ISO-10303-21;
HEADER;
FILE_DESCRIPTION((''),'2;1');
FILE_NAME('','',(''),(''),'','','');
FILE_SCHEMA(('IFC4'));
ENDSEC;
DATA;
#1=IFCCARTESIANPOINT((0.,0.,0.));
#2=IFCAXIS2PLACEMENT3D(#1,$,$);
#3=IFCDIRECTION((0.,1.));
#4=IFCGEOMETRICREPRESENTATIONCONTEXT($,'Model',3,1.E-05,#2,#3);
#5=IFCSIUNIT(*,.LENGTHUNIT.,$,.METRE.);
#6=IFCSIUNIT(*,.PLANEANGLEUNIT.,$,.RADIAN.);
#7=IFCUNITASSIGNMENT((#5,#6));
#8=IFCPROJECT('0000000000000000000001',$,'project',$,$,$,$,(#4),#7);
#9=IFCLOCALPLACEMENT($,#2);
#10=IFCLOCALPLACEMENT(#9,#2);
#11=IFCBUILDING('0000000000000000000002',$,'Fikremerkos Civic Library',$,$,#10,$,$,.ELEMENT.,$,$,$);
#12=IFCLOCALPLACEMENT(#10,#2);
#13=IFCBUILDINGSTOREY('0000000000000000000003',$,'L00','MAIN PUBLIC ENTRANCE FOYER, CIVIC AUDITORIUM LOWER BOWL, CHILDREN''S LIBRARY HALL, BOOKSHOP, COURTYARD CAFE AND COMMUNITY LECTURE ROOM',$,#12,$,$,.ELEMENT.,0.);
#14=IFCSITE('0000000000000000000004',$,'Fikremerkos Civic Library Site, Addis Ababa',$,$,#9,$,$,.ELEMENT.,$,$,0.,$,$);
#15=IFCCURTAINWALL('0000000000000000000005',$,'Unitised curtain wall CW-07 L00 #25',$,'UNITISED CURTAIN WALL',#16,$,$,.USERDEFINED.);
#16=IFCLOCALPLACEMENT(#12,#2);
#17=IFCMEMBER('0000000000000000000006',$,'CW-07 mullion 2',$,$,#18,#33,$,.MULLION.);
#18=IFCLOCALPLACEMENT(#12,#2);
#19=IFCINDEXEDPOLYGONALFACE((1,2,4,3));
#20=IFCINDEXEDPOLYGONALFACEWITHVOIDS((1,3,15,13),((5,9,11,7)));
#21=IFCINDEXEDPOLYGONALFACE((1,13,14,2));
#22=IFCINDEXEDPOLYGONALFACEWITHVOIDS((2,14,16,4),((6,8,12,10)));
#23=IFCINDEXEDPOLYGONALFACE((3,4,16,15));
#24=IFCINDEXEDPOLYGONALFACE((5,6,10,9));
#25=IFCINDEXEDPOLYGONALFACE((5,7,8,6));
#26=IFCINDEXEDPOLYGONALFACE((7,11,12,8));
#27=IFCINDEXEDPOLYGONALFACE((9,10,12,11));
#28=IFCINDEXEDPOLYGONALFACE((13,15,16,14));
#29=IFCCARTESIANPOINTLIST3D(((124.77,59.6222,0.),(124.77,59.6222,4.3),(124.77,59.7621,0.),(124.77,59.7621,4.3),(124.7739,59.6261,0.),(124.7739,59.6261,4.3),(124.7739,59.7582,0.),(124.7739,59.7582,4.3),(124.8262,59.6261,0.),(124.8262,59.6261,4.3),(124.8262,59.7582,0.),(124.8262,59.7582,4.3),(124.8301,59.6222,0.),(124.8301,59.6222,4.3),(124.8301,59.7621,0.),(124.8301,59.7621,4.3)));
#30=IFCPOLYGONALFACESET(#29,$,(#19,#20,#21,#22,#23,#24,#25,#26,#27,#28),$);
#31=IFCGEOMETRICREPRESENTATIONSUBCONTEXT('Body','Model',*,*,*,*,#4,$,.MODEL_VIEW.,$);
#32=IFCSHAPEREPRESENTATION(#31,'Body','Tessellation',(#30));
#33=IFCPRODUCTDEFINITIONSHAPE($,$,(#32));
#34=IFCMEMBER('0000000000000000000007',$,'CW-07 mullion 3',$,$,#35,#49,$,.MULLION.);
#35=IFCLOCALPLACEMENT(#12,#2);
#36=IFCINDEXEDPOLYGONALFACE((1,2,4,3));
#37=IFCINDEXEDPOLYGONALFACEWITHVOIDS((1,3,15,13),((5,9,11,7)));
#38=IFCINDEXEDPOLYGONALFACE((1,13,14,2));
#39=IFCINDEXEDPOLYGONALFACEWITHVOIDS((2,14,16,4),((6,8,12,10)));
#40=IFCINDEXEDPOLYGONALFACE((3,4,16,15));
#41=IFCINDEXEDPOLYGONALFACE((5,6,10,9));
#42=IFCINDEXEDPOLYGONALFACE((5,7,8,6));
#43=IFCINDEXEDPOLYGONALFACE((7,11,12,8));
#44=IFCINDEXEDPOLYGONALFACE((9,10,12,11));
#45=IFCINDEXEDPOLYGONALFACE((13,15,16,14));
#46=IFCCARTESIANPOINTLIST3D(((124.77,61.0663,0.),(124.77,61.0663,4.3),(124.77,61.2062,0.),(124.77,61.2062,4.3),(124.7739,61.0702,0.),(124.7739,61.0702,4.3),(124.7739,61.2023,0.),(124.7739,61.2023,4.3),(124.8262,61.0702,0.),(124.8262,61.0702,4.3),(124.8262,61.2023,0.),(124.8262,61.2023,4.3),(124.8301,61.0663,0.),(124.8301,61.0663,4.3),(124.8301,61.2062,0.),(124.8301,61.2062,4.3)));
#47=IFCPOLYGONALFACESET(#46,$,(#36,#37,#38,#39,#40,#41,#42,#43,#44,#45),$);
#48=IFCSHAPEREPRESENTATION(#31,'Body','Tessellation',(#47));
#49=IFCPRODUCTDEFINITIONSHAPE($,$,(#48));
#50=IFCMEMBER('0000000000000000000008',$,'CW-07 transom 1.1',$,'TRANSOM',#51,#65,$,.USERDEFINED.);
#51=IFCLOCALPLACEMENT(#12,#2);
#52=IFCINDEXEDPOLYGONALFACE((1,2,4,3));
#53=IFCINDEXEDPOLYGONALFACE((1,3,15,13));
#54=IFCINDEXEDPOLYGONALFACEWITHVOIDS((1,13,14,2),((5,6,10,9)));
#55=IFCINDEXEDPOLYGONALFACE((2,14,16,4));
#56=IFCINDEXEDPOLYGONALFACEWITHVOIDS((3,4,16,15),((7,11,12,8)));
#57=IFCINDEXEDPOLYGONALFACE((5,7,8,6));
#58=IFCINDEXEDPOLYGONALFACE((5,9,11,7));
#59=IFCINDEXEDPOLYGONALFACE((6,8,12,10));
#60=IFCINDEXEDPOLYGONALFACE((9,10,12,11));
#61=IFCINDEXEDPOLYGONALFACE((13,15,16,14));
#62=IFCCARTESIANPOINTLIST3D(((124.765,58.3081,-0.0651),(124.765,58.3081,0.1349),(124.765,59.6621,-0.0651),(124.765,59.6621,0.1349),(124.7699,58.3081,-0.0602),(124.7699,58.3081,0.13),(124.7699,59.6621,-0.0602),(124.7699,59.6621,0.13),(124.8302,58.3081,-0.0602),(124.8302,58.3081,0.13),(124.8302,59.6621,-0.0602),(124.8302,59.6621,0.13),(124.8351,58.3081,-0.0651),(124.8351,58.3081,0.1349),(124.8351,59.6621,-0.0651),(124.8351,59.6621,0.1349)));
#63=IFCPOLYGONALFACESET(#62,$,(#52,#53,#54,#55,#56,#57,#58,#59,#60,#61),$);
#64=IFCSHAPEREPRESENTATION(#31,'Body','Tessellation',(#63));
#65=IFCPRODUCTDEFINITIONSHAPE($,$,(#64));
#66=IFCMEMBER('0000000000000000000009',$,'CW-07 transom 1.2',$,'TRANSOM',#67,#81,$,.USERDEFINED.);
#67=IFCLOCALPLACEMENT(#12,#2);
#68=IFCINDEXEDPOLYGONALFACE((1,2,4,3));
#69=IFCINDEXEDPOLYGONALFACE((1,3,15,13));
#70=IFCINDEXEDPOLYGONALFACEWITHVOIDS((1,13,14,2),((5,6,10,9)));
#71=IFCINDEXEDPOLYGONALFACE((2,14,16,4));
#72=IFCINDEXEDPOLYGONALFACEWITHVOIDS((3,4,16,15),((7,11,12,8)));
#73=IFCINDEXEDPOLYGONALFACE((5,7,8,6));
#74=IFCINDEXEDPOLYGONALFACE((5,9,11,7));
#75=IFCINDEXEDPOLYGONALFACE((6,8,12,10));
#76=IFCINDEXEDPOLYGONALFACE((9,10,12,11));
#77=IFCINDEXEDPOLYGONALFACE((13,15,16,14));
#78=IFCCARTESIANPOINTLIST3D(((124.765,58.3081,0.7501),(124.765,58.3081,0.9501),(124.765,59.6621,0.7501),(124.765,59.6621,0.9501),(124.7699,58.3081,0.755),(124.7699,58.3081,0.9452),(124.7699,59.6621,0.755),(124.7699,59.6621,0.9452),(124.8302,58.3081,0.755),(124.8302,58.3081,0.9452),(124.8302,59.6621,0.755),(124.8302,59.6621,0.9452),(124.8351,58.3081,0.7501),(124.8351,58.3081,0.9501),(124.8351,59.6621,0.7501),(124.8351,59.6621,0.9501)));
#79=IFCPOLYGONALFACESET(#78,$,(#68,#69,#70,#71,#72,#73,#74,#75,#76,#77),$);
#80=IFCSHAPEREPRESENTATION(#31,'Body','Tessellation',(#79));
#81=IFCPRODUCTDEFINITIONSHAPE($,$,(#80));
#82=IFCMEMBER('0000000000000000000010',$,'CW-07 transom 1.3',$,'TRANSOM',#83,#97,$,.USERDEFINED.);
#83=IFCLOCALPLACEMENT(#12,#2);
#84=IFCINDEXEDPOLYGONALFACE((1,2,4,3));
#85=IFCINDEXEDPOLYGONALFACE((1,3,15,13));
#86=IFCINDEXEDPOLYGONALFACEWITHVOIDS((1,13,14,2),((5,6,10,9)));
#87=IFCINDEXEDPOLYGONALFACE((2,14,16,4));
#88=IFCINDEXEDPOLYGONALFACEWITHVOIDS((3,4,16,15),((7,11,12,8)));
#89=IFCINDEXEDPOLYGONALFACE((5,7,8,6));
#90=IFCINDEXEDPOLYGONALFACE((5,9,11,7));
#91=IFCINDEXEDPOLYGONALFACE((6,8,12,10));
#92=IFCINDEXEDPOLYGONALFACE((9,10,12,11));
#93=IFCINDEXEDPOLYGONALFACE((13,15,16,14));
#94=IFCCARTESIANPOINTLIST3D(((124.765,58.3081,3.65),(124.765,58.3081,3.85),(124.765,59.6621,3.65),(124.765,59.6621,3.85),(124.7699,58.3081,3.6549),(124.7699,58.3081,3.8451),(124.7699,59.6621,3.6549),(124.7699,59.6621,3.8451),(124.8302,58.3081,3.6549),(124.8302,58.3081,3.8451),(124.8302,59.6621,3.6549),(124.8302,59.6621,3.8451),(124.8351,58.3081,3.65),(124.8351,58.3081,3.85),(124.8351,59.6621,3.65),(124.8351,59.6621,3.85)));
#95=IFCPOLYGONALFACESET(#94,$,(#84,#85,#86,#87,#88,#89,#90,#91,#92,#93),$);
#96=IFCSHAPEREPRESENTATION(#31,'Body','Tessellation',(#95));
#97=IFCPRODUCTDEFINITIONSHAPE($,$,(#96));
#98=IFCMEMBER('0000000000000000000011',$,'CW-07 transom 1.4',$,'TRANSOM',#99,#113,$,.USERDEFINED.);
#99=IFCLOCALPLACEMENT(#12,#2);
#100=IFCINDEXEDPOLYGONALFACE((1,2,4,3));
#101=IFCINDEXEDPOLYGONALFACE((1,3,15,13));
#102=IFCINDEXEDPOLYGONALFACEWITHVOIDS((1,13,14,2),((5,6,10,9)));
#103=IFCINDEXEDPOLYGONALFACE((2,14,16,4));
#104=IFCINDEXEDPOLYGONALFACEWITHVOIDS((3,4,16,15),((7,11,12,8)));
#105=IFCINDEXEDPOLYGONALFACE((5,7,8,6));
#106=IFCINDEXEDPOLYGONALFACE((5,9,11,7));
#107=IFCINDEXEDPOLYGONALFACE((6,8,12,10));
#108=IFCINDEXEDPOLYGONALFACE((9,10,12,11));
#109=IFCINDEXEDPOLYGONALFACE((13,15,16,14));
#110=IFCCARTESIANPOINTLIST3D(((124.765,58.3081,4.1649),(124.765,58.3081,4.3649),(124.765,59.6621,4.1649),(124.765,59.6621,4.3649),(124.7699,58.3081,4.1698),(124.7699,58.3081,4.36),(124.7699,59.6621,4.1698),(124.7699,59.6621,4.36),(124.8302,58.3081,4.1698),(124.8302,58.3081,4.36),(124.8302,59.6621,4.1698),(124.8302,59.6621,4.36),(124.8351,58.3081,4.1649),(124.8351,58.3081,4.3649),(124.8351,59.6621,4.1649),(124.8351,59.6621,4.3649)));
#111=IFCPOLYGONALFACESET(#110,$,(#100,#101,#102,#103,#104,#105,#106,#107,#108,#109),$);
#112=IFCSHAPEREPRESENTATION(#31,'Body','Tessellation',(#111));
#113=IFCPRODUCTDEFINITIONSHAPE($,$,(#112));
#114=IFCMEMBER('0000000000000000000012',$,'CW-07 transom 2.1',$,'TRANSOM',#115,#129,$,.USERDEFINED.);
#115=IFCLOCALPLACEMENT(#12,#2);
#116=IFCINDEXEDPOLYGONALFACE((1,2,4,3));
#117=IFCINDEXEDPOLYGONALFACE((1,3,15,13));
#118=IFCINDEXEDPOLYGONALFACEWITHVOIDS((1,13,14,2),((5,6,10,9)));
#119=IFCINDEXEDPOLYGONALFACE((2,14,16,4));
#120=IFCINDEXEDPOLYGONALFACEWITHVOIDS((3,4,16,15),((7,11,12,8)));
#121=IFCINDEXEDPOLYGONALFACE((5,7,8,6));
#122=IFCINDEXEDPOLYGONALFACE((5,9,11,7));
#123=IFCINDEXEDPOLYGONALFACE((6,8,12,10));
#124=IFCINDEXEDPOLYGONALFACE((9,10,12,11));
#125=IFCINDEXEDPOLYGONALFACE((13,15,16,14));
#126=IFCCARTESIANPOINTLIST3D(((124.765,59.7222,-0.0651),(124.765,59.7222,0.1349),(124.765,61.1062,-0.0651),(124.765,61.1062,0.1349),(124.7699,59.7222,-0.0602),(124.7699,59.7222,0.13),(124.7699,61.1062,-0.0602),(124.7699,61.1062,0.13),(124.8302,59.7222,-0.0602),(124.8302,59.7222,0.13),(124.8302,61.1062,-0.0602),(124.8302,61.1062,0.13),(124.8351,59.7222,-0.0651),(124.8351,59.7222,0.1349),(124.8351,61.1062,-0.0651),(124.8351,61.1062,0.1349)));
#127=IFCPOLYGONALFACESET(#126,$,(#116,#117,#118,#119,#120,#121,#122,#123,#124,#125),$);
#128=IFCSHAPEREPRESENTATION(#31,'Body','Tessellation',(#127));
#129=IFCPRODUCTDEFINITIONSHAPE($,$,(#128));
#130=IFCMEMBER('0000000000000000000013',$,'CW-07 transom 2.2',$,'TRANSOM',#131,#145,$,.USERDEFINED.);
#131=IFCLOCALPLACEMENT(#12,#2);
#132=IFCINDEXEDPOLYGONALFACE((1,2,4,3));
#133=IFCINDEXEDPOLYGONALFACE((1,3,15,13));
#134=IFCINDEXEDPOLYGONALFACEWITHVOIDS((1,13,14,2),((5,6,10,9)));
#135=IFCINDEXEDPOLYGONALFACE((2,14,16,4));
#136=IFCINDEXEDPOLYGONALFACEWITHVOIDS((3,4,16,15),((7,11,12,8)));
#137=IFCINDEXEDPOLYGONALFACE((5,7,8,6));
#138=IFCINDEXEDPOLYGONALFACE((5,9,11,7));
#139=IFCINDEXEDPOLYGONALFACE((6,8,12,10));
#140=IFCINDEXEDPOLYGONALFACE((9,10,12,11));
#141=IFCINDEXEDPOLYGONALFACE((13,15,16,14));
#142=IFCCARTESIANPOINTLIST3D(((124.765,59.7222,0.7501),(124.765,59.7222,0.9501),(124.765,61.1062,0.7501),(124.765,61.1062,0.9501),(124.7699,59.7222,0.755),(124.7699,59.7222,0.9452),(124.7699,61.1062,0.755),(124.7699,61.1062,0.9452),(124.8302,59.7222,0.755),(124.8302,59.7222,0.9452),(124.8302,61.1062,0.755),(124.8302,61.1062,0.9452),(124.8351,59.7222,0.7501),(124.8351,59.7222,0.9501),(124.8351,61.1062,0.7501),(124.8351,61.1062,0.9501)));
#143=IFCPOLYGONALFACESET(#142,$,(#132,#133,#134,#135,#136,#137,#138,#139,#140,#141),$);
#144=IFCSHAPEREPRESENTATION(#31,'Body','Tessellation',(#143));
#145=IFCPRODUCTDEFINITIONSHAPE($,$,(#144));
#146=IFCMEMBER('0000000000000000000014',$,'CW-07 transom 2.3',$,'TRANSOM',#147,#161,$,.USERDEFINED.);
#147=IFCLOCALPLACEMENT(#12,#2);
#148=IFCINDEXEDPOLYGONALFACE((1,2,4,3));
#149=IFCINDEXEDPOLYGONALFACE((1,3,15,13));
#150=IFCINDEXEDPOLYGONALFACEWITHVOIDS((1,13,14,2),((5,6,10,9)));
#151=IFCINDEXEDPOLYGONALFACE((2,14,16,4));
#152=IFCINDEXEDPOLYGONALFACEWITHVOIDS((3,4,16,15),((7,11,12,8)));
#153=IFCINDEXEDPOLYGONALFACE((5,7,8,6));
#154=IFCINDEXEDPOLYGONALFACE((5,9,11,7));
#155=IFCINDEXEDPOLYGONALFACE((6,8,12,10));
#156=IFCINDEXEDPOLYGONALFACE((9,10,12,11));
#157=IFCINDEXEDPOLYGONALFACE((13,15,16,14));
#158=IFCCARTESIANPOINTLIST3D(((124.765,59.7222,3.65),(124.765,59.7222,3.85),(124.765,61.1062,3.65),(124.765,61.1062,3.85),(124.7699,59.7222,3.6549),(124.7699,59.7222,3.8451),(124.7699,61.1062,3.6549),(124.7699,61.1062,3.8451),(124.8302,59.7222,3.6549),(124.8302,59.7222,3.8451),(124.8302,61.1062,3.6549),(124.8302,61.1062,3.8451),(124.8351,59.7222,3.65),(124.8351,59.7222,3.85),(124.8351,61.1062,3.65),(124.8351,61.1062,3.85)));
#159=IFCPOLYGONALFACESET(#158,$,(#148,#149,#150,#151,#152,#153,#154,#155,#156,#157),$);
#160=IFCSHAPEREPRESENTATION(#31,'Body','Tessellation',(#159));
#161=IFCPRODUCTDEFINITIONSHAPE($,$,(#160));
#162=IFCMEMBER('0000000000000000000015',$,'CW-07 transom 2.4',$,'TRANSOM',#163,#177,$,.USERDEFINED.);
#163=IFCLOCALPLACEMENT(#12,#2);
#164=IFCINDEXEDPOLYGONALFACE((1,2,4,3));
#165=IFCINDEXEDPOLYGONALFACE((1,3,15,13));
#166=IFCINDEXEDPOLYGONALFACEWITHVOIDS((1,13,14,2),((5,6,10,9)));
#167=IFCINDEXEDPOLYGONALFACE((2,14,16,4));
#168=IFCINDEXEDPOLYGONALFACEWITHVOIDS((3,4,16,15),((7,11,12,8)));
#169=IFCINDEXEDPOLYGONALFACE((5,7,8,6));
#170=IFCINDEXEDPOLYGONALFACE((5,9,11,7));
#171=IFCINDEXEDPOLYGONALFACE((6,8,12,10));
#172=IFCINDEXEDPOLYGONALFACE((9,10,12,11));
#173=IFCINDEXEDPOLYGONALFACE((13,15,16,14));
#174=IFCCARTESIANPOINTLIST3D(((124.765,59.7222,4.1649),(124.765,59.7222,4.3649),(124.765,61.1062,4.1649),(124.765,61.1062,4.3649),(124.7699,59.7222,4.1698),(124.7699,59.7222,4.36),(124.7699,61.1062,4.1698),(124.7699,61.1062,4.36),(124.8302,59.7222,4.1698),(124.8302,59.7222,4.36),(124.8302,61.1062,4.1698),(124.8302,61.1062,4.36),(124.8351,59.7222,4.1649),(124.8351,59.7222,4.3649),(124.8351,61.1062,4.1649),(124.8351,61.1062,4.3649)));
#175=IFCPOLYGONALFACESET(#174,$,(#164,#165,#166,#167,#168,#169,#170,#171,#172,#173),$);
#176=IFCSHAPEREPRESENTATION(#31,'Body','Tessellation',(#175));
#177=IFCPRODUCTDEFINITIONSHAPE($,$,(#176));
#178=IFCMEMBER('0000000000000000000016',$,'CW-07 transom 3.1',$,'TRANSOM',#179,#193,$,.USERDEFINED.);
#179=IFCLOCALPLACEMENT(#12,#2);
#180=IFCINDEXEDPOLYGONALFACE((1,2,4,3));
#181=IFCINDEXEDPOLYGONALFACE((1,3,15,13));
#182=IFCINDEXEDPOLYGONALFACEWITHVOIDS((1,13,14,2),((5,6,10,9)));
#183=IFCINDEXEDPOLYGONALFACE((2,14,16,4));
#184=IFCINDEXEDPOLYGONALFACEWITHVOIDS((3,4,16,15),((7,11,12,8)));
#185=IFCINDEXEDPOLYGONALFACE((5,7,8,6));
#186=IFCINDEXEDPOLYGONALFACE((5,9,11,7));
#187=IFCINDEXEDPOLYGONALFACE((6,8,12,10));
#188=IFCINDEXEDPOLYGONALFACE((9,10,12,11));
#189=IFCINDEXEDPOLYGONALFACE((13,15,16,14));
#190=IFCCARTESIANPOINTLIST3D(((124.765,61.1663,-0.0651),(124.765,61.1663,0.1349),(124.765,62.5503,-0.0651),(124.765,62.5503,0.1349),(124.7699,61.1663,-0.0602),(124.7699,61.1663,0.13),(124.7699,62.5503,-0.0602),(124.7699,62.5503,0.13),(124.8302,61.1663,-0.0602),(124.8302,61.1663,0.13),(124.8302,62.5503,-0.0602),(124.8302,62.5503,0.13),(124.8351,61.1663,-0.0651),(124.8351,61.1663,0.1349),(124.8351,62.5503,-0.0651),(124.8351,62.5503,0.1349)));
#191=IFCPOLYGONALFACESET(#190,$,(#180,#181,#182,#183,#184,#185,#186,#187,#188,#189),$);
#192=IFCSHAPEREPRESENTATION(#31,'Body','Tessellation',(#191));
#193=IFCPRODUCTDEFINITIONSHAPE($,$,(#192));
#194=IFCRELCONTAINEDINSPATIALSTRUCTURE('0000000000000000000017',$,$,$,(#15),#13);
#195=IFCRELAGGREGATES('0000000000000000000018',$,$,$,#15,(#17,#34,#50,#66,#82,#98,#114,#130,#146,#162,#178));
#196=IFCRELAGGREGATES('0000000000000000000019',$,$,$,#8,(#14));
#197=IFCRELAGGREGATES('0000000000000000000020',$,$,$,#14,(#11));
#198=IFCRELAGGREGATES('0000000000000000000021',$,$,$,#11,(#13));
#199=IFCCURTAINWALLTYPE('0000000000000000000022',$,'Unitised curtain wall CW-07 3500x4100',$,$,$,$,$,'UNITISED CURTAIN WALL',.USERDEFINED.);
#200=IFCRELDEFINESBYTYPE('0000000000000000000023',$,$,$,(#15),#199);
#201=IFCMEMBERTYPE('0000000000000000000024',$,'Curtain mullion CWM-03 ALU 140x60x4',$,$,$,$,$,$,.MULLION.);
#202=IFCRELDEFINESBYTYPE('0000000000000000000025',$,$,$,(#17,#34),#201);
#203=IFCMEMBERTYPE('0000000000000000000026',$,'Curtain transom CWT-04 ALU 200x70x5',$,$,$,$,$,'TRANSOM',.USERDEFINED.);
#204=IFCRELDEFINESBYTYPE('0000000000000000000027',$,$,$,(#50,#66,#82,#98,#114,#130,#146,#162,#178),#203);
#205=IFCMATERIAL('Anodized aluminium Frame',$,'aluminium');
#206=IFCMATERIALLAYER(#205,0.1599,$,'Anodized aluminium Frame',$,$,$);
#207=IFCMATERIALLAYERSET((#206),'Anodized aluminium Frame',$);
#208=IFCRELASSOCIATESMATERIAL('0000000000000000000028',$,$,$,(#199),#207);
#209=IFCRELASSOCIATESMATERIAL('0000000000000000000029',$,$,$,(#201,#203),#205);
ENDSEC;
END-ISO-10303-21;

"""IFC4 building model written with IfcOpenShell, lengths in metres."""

from ifc_helpers import new_model, si_unit, direction, frame, origin, origin_2d, place, context, subcontext, project, spatial, hollow_rectangle, extrude, material, layer, layer_set, material_profile, profile_set, type_object, element, aggregate, save


model = new_model("IFC4")

# Units and contexts
model_context = context("Model", 3, precision=1e-05, world=origin(), true_north=direction((0.0, 1.0)))
body_context = subcontext(model_context, "Body", "Model", "MODEL_VIEW")
ifc_project = project(units=[si_unit("LENGTHUNIT", "METRE"), si_unit("PLANEANGLEUNIT", "RADIAN")], contexts=[model_context])

# Site, building, storey
site_placement = place(None, origin())
site = spatial("IfcSite", under=ifc_project, at=site_placement, Name="Fikremerkos Civic Library Site, Addis Ababa", CompositionType="ELEMENT", RefElevation=0.0)
building_placement = place(site_placement, origin())
building = spatial("IfcBuilding", under=site, at=building_placement, Name="Fikremerkos Civic Library", CompositionType="ELEMENT")
storey_placement = place(building_placement, origin())
storey = spatial("IfcBuildingStorey", under=building, at=storey_placement, Name="L00", Description="MAIN PUBLIC ENTRANCE FOYER, CIVIC AUDITORIUM LOWER BOWL, CHILDREN'S LIBRARY HALL, BOOKSHOP, COURTYARD CAFE AND COMMUNITY LECTURE ROOM", CompositionType="ELEMENT", Elevation=0.0)

# Curtain wall, members
ifc_material_1 = material(Name="Anodized aluminium Frame", Category="aluminium")
ifc_layer_1 = layer(ifc_material_1, 0.1599, Name="Anodized aluminium Frame")
ifc_layer_set_1 = layer_set([ifc_layer_1], Name="Anodized aluminium Frame")
curtain_wall_type = type_object("IfcCurtainWallType", Name="Unitised curtain wall CW-07 3500x4100", ElementType="UNITISED CURTAIN WALL", PredefinedType="USERDEFINED", material=ifc_layer_set_1)
curtain_wall_placement = place(storey_placement, origin())
curtain_wall = element("IfcCurtainWall", 1, at=curtain_wall_placement, inside=storey, type_object=curtain_wall_type, Name="Unitised curtain wall CW-07 L00 #25", ObjectType="UNITISED CURTAIN WALL", PredefinedType="USERDEFINED")
ifc_material_profile_1 = material_profile(ifc_material_1, hollow_rectangle(XDim=0.0601, YDim=0.1399, WallThickness=0.0039, at=origin_2d()), Name="ALU 140x60x4")
ifc_profile_set_1 = profile_set([ifc_material_profile_1], Name="Anodized aluminium Frame")
member_type_1 = type_object("IfcMemberType", Name="Curtain mullion CWM-03 ALU 140x60x4", PredefinedType="MULLION", material=ifc_profile_set_1)
member_1_placement = place(storey_placement, frame((124.8, 59.6921, 0.0), z_axis=(0.0, 0.0, 1.0), x_axis=(-1.0, 0.0, 0.0)))
member_1 = element("IfcMember", 2, at=member_1_placement, type_object=member_type_1, Name="CW-07 mullion 2", PredefinedType="MULLION", context=body_context, shape_type="SweptSolid", body=[
    extrude(hollow_rectangle(XDim=0.0601, YDim=0.1399, WallThickness=0.0039, at=origin_2d()), origin(), (0.0, 0.0, 1.0), 4.3),
])
member_2_placement = place(storey_placement, frame((124.8, 61.1362, 0.0), z_axis=(0.0, 0.0, 1.0), x_axis=(-1.0, 0.0, 0.0)))
member_2 = element("IfcMember", 3, at=member_2_placement, type_object=member_type_1, Name="CW-07 mullion 3", PredefinedType="MULLION", context=body_context, shape_type="SweptSolid", body=[
    extrude(hollow_rectangle(XDim=0.0601, YDim=0.1399, WallThickness=0.0039, at=origin_2d()), origin(), (0.0, 0.0, 1.0), 4.3),
])
ifc_material_profile_2 = material_profile(ifc_material_1, hollow_rectangle(XDim=0.0701, YDim=0.2, WallThickness=0.0049, at=origin_2d()), Name="ALU 200x70x5")
ifc_profile_set_2 = profile_set([ifc_material_profile_2], Name="Anodized aluminium Frame")
member_type_2 = type_object("IfcMemberType", Name="Curtain transom CWT-04 ALU 200x70x5", ElementType="TRANSOM", PredefinedType="USERDEFINED", material=ifc_profile_set_2)
member_3_placement = place(storey_placement, frame((124.8, 58.3081, 0.0349), z_axis=(0.0, 1.0, 0.0), x_axis=(-1.0, 0.0, 0.0)))
member_3 = element("IfcMember", 4, at=member_3_placement, type_object=member_type_2, Name="CW-07 transom 1.1", ObjectType="TRANSOM", PredefinedType="USERDEFINED", context=body_context, shape_type="SweptSolid", body=[
    extrude(hollow_rectangle(XDim=0.0701, YDim=0.2, WallThickness=0.0049, at=origin_2d()), origin(), (0.0, 0.0, 1.0), 1.354),
])
member_4_placement = place(storey_placement, frame((124.8, 58.3081, 0.8501), z_axis=(0.0, 1.0, 0.0), x_axis=(-1.0, 0.0, 0.0)))
member_4 = element("IfcMember", 5, at=member_4_placement, type_object=member_type_2, Name="CW-07 transom 1.2", ObjectType="TRANSOM", PredefinedType="USERDEFINED", context=body_context, shape_type="SweptSolid", body=[
    extrude(hollow_rectangle(XDim=0.0701, YDim=0.2, WallThickness=0.0049, at=origin_2d()), origin(), (0.0, 0.0, 1.0), 1.354),
])
member_5_placement = place(storey_placement, frame((124.8, 58.3081, 3.75), z_axis=(0.0, 1.0, 0.0), x_axis=(-1.0, 0.0, 0.0)))
member_5 = element("IfcMember", 6, at=member_5_placement, type_object=member_type_2, Name="CW-07 transom 1.3", ObjectType="TRANSOM", PredefinedType="USERDEFINED", context=body_context, shape_type="SweptSolid", body=[
    extrude(hollow_rectangle(XDim=0.0701, YDim=0.2, WallThickness=0.0049, at=origin_2d()), origin(), (0.0, 0.0, 1.0), 1.354),
])
member_6_placement = place(storey_placement, frame((124.8, 58.3081, 4.2649), z_axis=(0.0, 1.0, 0.0), x_axis=(-1.0, 0.0, 0.0)))
member_6 = element("IfcMember", 7, at=member_6_placement, type_object=member_type_2, Name="CW-07 transom 1.4", ObjectType="TRANSOM", PredefinedType="USERDEFINED", context=body_context, shape_type="SweptSolid", body=[
    extrude(hollow_rectangle(XDim=0.0701, YDim=0.2, WallThickness=0.0049, at=origin_2d()), origin(), (0.0, 0.0, 1.0), 1.354),
])
member_7_placement = place(storey_placement, frame((124.8, 59.7222, 0.0349), z_axis=(0.0, 1.0, 0.0), x_axis=(-1.0, 0.0, 0.0)))
member_7 = element("IfcMember", 8, at=member_7_placement, type_object=member_type_2, Name="CW-07 transom 2.1", ObjectType="TRANSOM", PredefinedType="USERDEFINED", context=body_context, shape_type="SweptSolid", body=[
    extrude(hollow_rectangle(XDim=0.0701, YDim=0.2, WallThickness=0.0049, at=origin_2d()), origin(), (0.0, 0.0, 1.0), 1.384),
])
member_8_placement = place(storey_placement, frame((124.8, 59.7222, 0.8501), z_axis=(0.0, 1.0, 0.0), x_axis=(-1.0, 0.0, 0.0)))
member_8 = element("IfcMember", 9, at=member_8_placement, type_object=member_type_2, Name="CW-07 transom 2.2", ObjectType="TRANSOM", PredefinedType="USERDEFINED", context=body_context, shape_type="SweptSolid", body=[
    extrude(hollow_rectangle(XDim=0.0701, YDim=0.2, WallThickness=0.0049, at=origin_2d()), origin(), (0.0, 0.0, 1.0), 1.384),
])
member_9_placement = place(storey_placement, frame((124.8, 59.7222, 3.75), z_axis=(0.0, 1.0, 0.0), x_axis=(-1.0, 0.0, 0.0)))
member_9 = element("IfcMember", 10, at=member_9_placement, type_object=member_type_2, Name="CW-07 transom 2.3", ObjectType="TRANSOM", PredefinedType="USERDEFINED", context=body_context, shape_type="SweptSolid", body=[
    extrude(hollow_rectangle(XDim=0.0701, YDim=0.2, WallThickness=0.0049, at=origin_2d()), origin(), (0.0, 0.0, 1.0), 1.384),
])
member_10_placement = place(storey_placement, frame((124.8, 59.7222, 4.2649), z_axis=(0.0, 1.0, 0.0), x_axis=(-1.0, 0.0, 0.0)))
member_10 = element("IfcMember", 11, at=member_10_placement, type_object=member_type_2, Name="CW-07 transom 2.4", ObjectType="TRANSOM", PredefinedType="USERDEFINED", context=body_context, shape_type="SweptSolid", body=[
    extrude(hollow_rectangle(XDim=0.0701, YDim=0.2, WallThickness=0.0049, at=origin_2d()), origin(), (0.0, 0.0, 1.0), 1.384),
])
member_11_placement = place(storey_placement, frame((124.8, 61.1663, 0.0349), z_axis=(0.0, 1.0, 0.0), x_axis=(-1.0, 0.0, 0.0)))
member_11 = element("IfcMember", 12, at=member_11_placement, type_object=member_type_2, Name="CW-07 transom 3.1", ObjectType="TRANSOM", PredefinedType="USERDEFINED", context=body_context, shape_type="SweptSolid", body=[
    extrude(hollow_rectangle(XDim=0.0701, YDim=0.2, WallThickness=0.0049, at=origin_2d()), origin(), (0.0, 0.0, 1.0), 1.384),
])
aggregate(curtain_wall, [member_1, member_2, member_3, member_4, member_5, member_6, member_7, member_8, member_9, member_10, member_11])

save(model, "model.ifc")
